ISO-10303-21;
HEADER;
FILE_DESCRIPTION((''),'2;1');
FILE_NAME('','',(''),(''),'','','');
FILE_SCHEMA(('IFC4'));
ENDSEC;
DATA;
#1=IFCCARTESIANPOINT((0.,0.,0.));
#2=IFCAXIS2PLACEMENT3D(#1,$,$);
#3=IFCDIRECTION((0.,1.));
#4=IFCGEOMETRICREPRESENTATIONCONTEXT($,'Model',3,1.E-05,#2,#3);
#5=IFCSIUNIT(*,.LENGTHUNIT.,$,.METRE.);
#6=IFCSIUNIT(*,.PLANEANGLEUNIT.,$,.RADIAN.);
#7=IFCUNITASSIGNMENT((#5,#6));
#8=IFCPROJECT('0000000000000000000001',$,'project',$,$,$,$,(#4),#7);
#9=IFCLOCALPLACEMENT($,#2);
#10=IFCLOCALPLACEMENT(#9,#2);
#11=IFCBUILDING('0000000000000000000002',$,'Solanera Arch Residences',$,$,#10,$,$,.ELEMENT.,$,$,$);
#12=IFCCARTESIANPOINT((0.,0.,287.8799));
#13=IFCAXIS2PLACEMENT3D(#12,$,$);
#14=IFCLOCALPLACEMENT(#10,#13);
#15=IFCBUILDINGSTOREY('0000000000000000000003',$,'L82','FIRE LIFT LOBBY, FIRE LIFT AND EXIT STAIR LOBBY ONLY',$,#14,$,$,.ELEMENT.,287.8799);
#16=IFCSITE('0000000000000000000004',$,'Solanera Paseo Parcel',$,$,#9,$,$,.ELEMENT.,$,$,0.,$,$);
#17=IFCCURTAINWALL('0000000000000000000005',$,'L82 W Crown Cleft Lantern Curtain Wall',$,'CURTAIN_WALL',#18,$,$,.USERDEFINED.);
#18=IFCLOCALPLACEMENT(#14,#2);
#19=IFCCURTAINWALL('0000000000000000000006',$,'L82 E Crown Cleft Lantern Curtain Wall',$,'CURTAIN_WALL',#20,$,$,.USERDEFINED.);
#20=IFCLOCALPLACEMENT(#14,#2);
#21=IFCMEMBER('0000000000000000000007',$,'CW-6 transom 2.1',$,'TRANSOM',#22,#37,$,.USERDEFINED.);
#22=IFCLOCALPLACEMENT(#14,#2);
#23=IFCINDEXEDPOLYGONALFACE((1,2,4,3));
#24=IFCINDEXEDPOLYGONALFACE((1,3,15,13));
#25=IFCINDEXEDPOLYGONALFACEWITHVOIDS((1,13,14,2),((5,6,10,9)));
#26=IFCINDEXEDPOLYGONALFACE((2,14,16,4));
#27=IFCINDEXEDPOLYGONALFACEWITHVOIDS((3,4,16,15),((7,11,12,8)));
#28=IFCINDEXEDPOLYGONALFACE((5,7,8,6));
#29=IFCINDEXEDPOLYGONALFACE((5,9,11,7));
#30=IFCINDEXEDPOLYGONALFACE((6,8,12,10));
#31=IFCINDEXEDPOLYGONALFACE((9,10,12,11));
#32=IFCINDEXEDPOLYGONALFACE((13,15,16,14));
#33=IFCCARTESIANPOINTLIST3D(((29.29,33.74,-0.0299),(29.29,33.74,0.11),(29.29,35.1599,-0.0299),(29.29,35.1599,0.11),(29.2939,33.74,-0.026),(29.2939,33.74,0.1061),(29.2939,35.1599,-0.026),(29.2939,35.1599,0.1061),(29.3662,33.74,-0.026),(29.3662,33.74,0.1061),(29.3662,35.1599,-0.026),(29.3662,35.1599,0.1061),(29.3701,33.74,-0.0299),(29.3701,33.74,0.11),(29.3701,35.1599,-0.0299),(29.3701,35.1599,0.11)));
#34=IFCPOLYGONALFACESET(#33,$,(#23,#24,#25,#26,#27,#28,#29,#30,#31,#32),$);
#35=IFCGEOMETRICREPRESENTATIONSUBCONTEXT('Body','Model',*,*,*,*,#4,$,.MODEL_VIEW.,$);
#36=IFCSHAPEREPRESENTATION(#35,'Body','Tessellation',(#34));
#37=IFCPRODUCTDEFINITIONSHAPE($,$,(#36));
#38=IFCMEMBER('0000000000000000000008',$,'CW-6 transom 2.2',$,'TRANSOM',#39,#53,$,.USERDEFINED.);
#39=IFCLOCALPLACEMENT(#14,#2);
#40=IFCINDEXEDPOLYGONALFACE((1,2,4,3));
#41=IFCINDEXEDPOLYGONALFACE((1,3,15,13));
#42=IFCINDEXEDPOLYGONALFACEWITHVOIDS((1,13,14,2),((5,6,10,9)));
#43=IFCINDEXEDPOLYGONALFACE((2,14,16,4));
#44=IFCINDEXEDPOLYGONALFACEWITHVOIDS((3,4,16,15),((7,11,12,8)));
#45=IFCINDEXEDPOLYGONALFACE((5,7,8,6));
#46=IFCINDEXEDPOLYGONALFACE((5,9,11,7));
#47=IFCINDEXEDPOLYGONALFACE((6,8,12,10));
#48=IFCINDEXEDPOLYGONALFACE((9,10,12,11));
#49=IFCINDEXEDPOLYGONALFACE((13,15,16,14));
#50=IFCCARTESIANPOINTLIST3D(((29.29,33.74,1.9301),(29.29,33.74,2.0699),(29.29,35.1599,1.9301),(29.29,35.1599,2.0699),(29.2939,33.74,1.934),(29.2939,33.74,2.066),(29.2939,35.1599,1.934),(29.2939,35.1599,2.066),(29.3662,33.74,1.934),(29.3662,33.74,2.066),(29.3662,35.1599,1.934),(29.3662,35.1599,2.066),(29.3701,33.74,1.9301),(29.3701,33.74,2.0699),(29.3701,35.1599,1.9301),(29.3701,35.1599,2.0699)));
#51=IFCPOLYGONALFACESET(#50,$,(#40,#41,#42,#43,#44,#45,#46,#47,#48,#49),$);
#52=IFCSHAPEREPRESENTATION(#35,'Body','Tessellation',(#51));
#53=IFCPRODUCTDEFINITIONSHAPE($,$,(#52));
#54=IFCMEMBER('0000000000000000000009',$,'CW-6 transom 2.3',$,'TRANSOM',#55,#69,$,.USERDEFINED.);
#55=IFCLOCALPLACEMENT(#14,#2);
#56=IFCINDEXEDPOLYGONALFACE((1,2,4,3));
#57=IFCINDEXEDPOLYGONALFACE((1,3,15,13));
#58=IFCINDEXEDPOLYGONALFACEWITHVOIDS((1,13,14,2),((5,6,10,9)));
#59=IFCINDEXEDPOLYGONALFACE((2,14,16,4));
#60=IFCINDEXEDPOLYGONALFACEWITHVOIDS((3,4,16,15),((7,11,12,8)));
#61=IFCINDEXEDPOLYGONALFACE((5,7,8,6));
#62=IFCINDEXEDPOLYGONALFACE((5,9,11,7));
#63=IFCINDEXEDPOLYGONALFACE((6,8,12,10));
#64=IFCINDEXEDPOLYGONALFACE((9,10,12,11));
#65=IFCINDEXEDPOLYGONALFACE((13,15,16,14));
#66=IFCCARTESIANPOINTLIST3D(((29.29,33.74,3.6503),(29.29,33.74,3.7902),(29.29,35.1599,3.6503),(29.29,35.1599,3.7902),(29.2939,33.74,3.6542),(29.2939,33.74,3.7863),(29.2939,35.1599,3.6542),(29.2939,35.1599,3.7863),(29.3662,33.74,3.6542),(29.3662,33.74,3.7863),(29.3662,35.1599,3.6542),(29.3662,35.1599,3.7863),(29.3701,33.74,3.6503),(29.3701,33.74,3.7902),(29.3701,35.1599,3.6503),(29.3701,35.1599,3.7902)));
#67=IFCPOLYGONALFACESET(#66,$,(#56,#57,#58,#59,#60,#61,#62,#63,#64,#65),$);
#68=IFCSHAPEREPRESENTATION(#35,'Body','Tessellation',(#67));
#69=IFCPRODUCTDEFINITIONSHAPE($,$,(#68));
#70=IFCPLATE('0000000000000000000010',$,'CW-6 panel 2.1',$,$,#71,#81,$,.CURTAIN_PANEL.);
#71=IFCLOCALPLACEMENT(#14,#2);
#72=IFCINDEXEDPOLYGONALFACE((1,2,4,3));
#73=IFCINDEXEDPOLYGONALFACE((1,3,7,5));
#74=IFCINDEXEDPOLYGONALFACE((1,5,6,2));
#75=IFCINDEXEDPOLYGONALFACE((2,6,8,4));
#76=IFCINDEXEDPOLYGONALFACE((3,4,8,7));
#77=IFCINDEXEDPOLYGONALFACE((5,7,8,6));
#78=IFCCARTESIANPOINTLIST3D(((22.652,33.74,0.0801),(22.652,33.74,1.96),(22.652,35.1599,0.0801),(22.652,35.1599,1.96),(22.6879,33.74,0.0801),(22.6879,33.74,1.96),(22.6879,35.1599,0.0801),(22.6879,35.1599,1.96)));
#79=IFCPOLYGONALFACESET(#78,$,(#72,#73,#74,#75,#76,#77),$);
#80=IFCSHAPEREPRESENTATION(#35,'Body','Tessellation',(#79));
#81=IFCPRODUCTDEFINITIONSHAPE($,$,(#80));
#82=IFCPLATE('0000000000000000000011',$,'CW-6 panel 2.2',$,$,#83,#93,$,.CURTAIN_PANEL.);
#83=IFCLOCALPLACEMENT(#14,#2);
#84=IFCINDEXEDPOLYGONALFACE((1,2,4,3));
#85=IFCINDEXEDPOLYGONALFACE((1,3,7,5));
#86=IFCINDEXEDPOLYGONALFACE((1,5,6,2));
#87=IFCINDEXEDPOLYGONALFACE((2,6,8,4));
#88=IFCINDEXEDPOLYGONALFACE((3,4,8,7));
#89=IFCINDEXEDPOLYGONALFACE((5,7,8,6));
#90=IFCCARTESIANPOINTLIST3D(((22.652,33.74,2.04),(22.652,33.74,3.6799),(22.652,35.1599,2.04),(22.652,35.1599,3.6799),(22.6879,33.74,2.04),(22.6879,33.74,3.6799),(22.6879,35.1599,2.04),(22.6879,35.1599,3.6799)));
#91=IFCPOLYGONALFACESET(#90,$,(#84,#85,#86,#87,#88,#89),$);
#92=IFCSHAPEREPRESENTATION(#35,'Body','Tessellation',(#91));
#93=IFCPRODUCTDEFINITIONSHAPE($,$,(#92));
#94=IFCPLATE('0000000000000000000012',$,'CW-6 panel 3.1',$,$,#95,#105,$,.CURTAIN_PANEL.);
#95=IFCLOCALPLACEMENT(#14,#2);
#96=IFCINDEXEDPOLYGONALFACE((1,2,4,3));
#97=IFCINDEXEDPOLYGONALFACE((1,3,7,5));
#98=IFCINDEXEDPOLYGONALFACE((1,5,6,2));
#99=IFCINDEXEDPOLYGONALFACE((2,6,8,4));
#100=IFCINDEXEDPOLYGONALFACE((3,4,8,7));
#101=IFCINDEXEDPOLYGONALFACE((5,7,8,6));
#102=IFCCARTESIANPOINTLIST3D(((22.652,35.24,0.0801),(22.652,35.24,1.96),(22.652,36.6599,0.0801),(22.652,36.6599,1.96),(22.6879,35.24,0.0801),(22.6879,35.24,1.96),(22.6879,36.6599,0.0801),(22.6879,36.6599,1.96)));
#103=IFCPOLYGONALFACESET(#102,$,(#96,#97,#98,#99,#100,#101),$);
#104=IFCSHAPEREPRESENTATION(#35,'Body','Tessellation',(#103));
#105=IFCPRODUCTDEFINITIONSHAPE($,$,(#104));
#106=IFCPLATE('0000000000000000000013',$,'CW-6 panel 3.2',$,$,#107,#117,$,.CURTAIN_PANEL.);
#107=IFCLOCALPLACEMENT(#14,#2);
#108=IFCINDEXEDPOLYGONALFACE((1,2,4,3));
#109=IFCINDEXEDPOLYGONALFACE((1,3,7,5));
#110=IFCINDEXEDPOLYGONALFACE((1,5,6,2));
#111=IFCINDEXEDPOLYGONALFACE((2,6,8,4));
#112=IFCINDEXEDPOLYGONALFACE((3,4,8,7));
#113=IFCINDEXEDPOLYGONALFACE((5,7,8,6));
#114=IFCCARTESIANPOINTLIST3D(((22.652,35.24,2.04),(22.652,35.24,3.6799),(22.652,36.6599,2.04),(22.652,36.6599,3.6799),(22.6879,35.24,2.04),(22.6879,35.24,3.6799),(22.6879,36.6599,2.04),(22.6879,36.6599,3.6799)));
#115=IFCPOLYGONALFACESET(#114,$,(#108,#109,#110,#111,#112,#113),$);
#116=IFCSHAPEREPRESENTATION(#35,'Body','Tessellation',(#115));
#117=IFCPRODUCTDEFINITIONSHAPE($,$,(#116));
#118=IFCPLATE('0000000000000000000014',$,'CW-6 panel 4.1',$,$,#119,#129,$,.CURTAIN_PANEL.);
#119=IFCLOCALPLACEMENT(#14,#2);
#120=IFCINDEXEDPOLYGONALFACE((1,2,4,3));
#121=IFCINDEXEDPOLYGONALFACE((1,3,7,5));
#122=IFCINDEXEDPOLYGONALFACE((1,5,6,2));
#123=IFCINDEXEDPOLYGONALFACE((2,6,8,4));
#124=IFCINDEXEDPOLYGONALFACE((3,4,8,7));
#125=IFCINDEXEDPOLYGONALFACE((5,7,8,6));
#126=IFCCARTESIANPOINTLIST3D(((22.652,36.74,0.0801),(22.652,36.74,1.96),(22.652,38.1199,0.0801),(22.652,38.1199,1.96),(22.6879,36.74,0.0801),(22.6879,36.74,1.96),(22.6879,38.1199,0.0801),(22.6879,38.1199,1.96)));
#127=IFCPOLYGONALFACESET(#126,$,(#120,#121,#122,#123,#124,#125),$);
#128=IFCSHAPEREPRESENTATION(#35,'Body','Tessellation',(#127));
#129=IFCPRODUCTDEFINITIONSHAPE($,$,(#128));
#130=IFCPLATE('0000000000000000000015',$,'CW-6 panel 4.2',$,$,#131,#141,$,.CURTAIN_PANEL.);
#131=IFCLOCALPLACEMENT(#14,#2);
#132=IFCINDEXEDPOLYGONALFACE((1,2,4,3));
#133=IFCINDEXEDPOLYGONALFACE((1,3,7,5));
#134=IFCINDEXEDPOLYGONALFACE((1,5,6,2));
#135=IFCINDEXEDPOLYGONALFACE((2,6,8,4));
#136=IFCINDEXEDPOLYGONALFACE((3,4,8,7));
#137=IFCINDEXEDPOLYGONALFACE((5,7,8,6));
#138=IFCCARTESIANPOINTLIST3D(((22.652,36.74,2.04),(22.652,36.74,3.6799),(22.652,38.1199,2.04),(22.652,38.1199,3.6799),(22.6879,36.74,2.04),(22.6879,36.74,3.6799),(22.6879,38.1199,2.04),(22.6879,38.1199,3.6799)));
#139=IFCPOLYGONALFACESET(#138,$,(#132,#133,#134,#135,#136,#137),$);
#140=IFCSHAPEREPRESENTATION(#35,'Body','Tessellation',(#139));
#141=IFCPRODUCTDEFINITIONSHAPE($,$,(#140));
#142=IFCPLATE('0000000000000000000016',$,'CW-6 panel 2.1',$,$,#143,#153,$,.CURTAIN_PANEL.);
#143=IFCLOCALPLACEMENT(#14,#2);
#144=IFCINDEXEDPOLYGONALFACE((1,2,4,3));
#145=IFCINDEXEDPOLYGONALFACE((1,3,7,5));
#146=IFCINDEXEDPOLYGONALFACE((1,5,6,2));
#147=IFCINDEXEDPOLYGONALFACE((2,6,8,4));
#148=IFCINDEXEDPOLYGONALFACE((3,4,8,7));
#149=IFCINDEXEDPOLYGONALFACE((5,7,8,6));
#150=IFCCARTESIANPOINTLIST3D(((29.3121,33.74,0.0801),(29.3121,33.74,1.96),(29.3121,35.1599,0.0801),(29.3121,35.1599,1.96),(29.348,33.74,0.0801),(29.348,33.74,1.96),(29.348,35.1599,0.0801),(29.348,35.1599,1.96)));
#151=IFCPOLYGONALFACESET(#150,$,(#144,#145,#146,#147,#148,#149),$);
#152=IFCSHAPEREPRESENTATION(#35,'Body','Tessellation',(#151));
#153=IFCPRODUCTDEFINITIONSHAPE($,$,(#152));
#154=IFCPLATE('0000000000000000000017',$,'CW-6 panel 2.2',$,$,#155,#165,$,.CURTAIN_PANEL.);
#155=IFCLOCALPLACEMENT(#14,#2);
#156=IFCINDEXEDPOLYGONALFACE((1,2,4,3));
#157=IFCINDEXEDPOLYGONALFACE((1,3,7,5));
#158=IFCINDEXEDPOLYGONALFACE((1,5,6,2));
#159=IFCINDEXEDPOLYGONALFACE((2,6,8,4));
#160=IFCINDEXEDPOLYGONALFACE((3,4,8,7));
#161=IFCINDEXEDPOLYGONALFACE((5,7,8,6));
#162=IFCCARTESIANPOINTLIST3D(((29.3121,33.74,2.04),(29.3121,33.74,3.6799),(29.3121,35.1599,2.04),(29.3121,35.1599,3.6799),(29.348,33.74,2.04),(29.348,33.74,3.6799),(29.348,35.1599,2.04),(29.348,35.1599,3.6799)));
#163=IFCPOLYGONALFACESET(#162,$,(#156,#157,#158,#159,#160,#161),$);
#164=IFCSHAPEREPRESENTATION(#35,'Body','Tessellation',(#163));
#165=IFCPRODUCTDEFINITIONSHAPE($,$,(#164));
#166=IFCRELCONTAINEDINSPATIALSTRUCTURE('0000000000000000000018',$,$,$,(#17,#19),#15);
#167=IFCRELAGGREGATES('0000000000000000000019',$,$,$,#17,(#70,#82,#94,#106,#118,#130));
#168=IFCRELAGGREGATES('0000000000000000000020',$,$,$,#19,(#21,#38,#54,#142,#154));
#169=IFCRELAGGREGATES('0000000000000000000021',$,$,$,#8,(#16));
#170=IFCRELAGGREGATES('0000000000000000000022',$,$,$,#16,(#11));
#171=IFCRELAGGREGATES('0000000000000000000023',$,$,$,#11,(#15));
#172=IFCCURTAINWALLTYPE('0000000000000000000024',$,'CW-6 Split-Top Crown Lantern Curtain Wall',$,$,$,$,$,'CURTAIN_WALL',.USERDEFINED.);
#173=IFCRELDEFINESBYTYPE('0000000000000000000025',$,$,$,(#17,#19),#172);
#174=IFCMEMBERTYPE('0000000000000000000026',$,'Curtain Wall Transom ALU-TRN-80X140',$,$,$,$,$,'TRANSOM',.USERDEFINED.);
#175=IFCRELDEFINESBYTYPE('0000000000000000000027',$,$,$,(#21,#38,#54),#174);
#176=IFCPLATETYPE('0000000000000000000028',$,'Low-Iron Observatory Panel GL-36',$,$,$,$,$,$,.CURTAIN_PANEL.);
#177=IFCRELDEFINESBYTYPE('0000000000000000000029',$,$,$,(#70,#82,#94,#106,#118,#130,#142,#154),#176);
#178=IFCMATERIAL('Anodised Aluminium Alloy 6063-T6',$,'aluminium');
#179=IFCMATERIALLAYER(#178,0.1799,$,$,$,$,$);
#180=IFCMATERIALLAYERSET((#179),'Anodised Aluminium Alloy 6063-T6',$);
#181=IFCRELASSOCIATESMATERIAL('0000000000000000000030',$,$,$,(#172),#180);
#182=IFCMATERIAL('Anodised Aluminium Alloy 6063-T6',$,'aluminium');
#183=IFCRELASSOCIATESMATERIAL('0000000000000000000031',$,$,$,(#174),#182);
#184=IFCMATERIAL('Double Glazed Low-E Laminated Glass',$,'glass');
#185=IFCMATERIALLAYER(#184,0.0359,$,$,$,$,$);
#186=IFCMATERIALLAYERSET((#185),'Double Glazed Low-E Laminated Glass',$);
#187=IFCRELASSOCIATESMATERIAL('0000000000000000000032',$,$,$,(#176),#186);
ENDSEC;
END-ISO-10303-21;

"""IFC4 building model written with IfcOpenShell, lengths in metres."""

from ifc_helpers import new_model, si_unit, direction, frame, origin, origin_2d, place, context, subcontext, project, spatial, rectangle, hollow_rectangle, extrude, material, layer, layer_set, material_profile, profile_set, type_object, element, aggregate, save


model = new_model("IFC4")

# Units and contexts
model_context = context("Model", 3, precision=1e-05, world=origin(), true_north=direction((0.0, 1.0)))
body_context = subcontext(model_context, "Body", "Model", "MODEL_VIEW")
ifc_project = project(units=[si_unit("LENGTHUNIT", "METRE"), si_unit("PLANEANGLEUNIT", "RADIAN")], contexts=[model_context])

# Site, building, storey
site_placement = place(None, origin())
site = spatial("IfcSite", under=ifc_project, at=site_placement, Name="Solanera Paseo Parcel", CompositionType="ELEMENT", RefElevation=0.0)
building_placement = place(site_placement, origin())
building = spatial("IfcBuilding", under=site, at=building_placement, Name="Solanera Arch Residences", CompositionType="ELEMENT")
storey_placement = place(building_placement, frame((0.0, 0.0, 287.8799)))
storey = spatial("IfcBuildingStorey", under=building, at=storey_placement, Name="L82", Description="FIRE LIFT LOBBY, FIRE LIFT AND EXIT STAIR LOBBY ONLY", CompositionType="ELEMENT", Elevation=287.8799)

# Curtain walls, members
ifc_material_1 = material(Name="Anodised Aluminium Alloy 6063-T6", Category="aluminium")
ifc_layer_1 = layer(ifc_material_1, 0.1799)
ifc_layer_set_1 = layer_set([ifc_layer_1], Name="Anodised Aluminium Alloy 6063-T6")
curtain_wall_type = type_object("IfcCurtainWallType", Name="CW-6 Split-Top Crown Lantern Curtain Wall", ElementType="CURTAIN_WALL", PredefinedType="USERDEFINED", material=ifc_layer_set_1)
curtain_wall_1_placement = place(storey_placement, origin())
curtain_wall_1 = element("IfcCurtainWall", 1, at=curtain_wall_1_placement, inside=storey, type_object=curtain_wall_type, Name="L82 W Crown Cleft Lantern Curtain Wall", ObjectType="CURTAIN_WALL", PredefinedType="USERDEFINED")
ifc_material_2 = material(Name="Anodised Aluminium Alloy 6063-T6", Category="aluminium")
ifc_material_profile_1 = material_profile(ifc_material_2, hollow_rectangle(XDim=0.0801, YDim=0.1399, WallThickness=0.0039, at=origin_2d()))
ifc_profile_set_1 = profile_set([ifc_material_profile_1], Name="Anodised Aluminium Alloy 6063-T6")
member_type_1 = type_object("IfcMemberType", Name="Curtain Wall Transom ALU-TRN-80X140", ElementType="TRANSOM", PredefinedType="USERDEFINED", material=ifc_profile_set_1)
curtain_wall_2_placement = place(storey_placement, origin())
curtain_wall_2 = element("IfcCurtainWall", 2, at=curtain_wall_2_placement, inside=storey, type_object=curtain_wall_type, Name="L82 E Crown Cleft Lantern Curtain Wall", ObjectType="CURTAIN_WALL", PredefinedType="USERDEFINED")
member_1_placement = place(storey_placement, frame((29.3301, 33.74, 0.04), z_axis=(0.0, 1.0, 0.0), x_axis=(-1.0, 0.0, 0.0)))
member_1 = element("IfcMember", 3, at=member_1_placement, type_object=member_type_1, Name="CW-6 transom 2.1", ObjectType="TRANSOM", PredefinedType="USERDEFINED", context=body_context, shape_type="SweptSolid", body=[
    extrude(hollow_rectangle(XDim=0.0801, YDim=0.1399, WallThickness=0.0039, at=origin_2d()), origin(), (0.0, 0.0, 1.0), 1.4199),
])
member_2_placement = place(storey_placement, frame((29.3301, 33.74, 2.0), z_axis=(0.0, 1.0, 0.0), x_axis=(-1.0, 0.0, 0.0)))
member_2 = element("IfcMember", 4, at=member_2_placement, type_object=member_type_1, Name="CW-6 transom 2.2", ObjectType="TRANSOM", PredefinedType="USERDEFINED", context=body_context, shape_type="SweptSolid", body=[
    extrude(hollow_rectangle(XDim=0.0801, YDim=0.1399, WallThickness=0.0039, at=origin_2d()), origin(), (0.0, 0.0, 1.0), 1.4199),
])
member_3_placement = place(storey_placement, frame((29.3301, 33.74, 3.7202), z_axis=(0.0, 1.0, 0.0), x_axis=(-1.0, 0.0, 0.0)))
member_3 = element("IfcMember", 5, at=member_3_placement, type_object=member_type_1, Name="CW-6 transom 2.3", ObjectType="TRANSOM", PredefinedType="USERDEFINED", context=body_context, shape_type="SweptSolid", body=[
    extrude(hollow_rectangle(XDim=0.0801, YDim=0.1399, WallThickness=0.0039, at=origin_2d()), origin(), (0.0, 0.0, 1.0), 1.4199),
])

# Plates
ifc_material_3 = material(Name="Double Glazed Low-E Laminated Glass", Category="glass")
ifc_layer_2 = layer(ifc_material_3, 0.0359)
ifc_layer_set_2 = layer_set([ifc_layer_2], Name="Double Glazed Low-E Laminated Glass")
plate_type = type_object("IfcPlateType", Name="Low-Iron Observatory Panel GL-36", PredefinedType="CURTAIN_PANEL", material=ifc_layer_set_2)
plate_1_placement = place(storey_placement, frame((22.6699, 34.45, 0.0801), z_axis=(0.0, 0.0, 1.0), x_axis=(0.0, 1.0, 0.0)))
plate_1 = element("IfcPlate", 6, at=plate_1_placement, type_object=plate_type, Name="CW-6 panel 2.1", PredefinedType="CURTAIN_PANEL", context=body_context, shape_type="SweptSolid", body=[
    extrude(rectangle(XDim=1.4199, YDim=0.0359, at=origin_2d()), origin(), (0.0, 0.0, 1.0), 1.8799),
])
plate_2_placement = place(storey_placement, frame((22.6699, 34.45, 2.04), z_axis=(0.0, 0.0, 1.0), x_axis=(0.0, 1.0, 0.0)))
plate_2 = element("IfcPlate", 7, at=plate_2_placement, type_object=plate_type, Name="CW-6 panel 2.2", PredefinedType="CURTAIN_PANEL", context=body_context, shape_type="SweptSolid", body=[
    extrude(rectangle(XDim=1.4199, YDim=0.0359, at=origin_2d()), origin(), (0.0, 0.0, 1.0), 1.6399),
])
plate_3_placement = place(storey_placement, frame((22.6699, 35.95, 0.0801), z_axis=(0.0, 0.0, 1.0), x_axis=(0.0, 1.0, 0.0)))
plate_3 = element("IfcPlate", 8, at=plate_3_placement, type_object=plate_type, Name="CW-6 panel 3.1", PredefinedType="CURTAIN_PANEL", context=body_context, shape_type="SweptSolid", body=[
    extrude(rectangle(XDim=1.4199, YDim=0.0359, at=origin_2d()), origin(), (0.0, 0.0, 1.0), 1.8799),
])
plate_4_placement = place(storey_placement, frame((22.6699, 35.95, 2.04), z_axis=(0.0, 0.0, 1.0), x_axis=(0.0, 1.0, 0.0)))
plate_4 = element("IfcPlate", 9, at=plate_4_placement, type_object=plate_type, Name="CW-6 panel 3.2", PredefinedType="CURTAIN_PANEL", context=body_context, shape_type="SweptSolid", body=[
    extrude(rectangle(XDim=1.4199, YDim=0.0359, at=origin_2d()), origin(), (0.0, 0.0, 1.0), 1.6399),
])
plate_5_placement = place(storey_placement, frame((22.6699, 37.4299, 0.0801), z_axis=(0.0, 0.0, 1.0), x_axis=(0.0, 1.0, 0.0)))
plate_5 = element("IfcPlate", 10, at=plate_5_placement, type_object=plate_type, Name="CW-6 panel 4.1", PredefinedType="CURTAIN_PANEL", context=body_context, shape_type="SweptSolid", body=[
    extrude(rectangle(XDim=1.3799, YDim=0.0359, at=origin_2d()), origin(), (0.0, 0.0, 1.0), 1.8799),
])
plate_6_placement = place(storey_placement, frame((22.6699, 37.4299, 2.04), z_axis=(0.0, 0.0, 1.0), x_axis=(0.0, 1.0, 0.0)))
plate_6 = element("IfcPlate", 11, at=plate_6_placement, type_object=plate_type, Name="CW-6 panel 4.2", PredefinedType="CURTAIN_PANEL", context=body_context, shape_type="SweptSolid", body=[
    extrude(rectangle(XDim=1.3799, YDim=0.0359, at=origin_2d()), origin(), (0.0, 0.0, 1.0), 1.6399),
])
aggregate(curtain_wall_1, [plate_1, plate_2, plate_3, plate_4, plate_5, plate_6])
plate_7_placement = place(storey_placement, frame((29.3301, 34.45, 0.0801), z_axis=(0.0, 0.0, 1.0), x_axis=(0.0, 1.0, 0.0)))
plate_7 = element("IfcPlate", 12, at=plate_7_placement, type_object=plate_type, Name="CW-6 panel 2.1", PredefinedType="CURTAIN_PANEL", context=body_context, shape_type="SweptSolid", body=[
    extrude(rectangle(XDim=1.4199, YDim=0.0359, at=origin_2d()), origin(), (0.0, 0.0, 1.0), 1.8799),
])
plate_8_placement = place(storey_placement, frame((29.3301, 34.45, 2.04), z_axis=(0.0, 0.0, 1.0), x_axis=(0.0, 1.0, 0.0)))
plate_8 = element("IfcPlate", 13, at=plate_8_placement, type_object=plate_type, Name="CW-6 panel 2.2", PredefinedType="CURTAIN_PANEL", context=body_context, shape_type="SweptSolid", body=[
    extrude(rectangle(XDim=1.4199, YDim=0.0359, at=origin_2d()), origin(), (0.0, 0.0, 1.0), 1.6399),
])
aggregate(curtain_wall_2, [member_1, member_2, member_3, plate_7, plate_8])

save(model, "model.ifc")
